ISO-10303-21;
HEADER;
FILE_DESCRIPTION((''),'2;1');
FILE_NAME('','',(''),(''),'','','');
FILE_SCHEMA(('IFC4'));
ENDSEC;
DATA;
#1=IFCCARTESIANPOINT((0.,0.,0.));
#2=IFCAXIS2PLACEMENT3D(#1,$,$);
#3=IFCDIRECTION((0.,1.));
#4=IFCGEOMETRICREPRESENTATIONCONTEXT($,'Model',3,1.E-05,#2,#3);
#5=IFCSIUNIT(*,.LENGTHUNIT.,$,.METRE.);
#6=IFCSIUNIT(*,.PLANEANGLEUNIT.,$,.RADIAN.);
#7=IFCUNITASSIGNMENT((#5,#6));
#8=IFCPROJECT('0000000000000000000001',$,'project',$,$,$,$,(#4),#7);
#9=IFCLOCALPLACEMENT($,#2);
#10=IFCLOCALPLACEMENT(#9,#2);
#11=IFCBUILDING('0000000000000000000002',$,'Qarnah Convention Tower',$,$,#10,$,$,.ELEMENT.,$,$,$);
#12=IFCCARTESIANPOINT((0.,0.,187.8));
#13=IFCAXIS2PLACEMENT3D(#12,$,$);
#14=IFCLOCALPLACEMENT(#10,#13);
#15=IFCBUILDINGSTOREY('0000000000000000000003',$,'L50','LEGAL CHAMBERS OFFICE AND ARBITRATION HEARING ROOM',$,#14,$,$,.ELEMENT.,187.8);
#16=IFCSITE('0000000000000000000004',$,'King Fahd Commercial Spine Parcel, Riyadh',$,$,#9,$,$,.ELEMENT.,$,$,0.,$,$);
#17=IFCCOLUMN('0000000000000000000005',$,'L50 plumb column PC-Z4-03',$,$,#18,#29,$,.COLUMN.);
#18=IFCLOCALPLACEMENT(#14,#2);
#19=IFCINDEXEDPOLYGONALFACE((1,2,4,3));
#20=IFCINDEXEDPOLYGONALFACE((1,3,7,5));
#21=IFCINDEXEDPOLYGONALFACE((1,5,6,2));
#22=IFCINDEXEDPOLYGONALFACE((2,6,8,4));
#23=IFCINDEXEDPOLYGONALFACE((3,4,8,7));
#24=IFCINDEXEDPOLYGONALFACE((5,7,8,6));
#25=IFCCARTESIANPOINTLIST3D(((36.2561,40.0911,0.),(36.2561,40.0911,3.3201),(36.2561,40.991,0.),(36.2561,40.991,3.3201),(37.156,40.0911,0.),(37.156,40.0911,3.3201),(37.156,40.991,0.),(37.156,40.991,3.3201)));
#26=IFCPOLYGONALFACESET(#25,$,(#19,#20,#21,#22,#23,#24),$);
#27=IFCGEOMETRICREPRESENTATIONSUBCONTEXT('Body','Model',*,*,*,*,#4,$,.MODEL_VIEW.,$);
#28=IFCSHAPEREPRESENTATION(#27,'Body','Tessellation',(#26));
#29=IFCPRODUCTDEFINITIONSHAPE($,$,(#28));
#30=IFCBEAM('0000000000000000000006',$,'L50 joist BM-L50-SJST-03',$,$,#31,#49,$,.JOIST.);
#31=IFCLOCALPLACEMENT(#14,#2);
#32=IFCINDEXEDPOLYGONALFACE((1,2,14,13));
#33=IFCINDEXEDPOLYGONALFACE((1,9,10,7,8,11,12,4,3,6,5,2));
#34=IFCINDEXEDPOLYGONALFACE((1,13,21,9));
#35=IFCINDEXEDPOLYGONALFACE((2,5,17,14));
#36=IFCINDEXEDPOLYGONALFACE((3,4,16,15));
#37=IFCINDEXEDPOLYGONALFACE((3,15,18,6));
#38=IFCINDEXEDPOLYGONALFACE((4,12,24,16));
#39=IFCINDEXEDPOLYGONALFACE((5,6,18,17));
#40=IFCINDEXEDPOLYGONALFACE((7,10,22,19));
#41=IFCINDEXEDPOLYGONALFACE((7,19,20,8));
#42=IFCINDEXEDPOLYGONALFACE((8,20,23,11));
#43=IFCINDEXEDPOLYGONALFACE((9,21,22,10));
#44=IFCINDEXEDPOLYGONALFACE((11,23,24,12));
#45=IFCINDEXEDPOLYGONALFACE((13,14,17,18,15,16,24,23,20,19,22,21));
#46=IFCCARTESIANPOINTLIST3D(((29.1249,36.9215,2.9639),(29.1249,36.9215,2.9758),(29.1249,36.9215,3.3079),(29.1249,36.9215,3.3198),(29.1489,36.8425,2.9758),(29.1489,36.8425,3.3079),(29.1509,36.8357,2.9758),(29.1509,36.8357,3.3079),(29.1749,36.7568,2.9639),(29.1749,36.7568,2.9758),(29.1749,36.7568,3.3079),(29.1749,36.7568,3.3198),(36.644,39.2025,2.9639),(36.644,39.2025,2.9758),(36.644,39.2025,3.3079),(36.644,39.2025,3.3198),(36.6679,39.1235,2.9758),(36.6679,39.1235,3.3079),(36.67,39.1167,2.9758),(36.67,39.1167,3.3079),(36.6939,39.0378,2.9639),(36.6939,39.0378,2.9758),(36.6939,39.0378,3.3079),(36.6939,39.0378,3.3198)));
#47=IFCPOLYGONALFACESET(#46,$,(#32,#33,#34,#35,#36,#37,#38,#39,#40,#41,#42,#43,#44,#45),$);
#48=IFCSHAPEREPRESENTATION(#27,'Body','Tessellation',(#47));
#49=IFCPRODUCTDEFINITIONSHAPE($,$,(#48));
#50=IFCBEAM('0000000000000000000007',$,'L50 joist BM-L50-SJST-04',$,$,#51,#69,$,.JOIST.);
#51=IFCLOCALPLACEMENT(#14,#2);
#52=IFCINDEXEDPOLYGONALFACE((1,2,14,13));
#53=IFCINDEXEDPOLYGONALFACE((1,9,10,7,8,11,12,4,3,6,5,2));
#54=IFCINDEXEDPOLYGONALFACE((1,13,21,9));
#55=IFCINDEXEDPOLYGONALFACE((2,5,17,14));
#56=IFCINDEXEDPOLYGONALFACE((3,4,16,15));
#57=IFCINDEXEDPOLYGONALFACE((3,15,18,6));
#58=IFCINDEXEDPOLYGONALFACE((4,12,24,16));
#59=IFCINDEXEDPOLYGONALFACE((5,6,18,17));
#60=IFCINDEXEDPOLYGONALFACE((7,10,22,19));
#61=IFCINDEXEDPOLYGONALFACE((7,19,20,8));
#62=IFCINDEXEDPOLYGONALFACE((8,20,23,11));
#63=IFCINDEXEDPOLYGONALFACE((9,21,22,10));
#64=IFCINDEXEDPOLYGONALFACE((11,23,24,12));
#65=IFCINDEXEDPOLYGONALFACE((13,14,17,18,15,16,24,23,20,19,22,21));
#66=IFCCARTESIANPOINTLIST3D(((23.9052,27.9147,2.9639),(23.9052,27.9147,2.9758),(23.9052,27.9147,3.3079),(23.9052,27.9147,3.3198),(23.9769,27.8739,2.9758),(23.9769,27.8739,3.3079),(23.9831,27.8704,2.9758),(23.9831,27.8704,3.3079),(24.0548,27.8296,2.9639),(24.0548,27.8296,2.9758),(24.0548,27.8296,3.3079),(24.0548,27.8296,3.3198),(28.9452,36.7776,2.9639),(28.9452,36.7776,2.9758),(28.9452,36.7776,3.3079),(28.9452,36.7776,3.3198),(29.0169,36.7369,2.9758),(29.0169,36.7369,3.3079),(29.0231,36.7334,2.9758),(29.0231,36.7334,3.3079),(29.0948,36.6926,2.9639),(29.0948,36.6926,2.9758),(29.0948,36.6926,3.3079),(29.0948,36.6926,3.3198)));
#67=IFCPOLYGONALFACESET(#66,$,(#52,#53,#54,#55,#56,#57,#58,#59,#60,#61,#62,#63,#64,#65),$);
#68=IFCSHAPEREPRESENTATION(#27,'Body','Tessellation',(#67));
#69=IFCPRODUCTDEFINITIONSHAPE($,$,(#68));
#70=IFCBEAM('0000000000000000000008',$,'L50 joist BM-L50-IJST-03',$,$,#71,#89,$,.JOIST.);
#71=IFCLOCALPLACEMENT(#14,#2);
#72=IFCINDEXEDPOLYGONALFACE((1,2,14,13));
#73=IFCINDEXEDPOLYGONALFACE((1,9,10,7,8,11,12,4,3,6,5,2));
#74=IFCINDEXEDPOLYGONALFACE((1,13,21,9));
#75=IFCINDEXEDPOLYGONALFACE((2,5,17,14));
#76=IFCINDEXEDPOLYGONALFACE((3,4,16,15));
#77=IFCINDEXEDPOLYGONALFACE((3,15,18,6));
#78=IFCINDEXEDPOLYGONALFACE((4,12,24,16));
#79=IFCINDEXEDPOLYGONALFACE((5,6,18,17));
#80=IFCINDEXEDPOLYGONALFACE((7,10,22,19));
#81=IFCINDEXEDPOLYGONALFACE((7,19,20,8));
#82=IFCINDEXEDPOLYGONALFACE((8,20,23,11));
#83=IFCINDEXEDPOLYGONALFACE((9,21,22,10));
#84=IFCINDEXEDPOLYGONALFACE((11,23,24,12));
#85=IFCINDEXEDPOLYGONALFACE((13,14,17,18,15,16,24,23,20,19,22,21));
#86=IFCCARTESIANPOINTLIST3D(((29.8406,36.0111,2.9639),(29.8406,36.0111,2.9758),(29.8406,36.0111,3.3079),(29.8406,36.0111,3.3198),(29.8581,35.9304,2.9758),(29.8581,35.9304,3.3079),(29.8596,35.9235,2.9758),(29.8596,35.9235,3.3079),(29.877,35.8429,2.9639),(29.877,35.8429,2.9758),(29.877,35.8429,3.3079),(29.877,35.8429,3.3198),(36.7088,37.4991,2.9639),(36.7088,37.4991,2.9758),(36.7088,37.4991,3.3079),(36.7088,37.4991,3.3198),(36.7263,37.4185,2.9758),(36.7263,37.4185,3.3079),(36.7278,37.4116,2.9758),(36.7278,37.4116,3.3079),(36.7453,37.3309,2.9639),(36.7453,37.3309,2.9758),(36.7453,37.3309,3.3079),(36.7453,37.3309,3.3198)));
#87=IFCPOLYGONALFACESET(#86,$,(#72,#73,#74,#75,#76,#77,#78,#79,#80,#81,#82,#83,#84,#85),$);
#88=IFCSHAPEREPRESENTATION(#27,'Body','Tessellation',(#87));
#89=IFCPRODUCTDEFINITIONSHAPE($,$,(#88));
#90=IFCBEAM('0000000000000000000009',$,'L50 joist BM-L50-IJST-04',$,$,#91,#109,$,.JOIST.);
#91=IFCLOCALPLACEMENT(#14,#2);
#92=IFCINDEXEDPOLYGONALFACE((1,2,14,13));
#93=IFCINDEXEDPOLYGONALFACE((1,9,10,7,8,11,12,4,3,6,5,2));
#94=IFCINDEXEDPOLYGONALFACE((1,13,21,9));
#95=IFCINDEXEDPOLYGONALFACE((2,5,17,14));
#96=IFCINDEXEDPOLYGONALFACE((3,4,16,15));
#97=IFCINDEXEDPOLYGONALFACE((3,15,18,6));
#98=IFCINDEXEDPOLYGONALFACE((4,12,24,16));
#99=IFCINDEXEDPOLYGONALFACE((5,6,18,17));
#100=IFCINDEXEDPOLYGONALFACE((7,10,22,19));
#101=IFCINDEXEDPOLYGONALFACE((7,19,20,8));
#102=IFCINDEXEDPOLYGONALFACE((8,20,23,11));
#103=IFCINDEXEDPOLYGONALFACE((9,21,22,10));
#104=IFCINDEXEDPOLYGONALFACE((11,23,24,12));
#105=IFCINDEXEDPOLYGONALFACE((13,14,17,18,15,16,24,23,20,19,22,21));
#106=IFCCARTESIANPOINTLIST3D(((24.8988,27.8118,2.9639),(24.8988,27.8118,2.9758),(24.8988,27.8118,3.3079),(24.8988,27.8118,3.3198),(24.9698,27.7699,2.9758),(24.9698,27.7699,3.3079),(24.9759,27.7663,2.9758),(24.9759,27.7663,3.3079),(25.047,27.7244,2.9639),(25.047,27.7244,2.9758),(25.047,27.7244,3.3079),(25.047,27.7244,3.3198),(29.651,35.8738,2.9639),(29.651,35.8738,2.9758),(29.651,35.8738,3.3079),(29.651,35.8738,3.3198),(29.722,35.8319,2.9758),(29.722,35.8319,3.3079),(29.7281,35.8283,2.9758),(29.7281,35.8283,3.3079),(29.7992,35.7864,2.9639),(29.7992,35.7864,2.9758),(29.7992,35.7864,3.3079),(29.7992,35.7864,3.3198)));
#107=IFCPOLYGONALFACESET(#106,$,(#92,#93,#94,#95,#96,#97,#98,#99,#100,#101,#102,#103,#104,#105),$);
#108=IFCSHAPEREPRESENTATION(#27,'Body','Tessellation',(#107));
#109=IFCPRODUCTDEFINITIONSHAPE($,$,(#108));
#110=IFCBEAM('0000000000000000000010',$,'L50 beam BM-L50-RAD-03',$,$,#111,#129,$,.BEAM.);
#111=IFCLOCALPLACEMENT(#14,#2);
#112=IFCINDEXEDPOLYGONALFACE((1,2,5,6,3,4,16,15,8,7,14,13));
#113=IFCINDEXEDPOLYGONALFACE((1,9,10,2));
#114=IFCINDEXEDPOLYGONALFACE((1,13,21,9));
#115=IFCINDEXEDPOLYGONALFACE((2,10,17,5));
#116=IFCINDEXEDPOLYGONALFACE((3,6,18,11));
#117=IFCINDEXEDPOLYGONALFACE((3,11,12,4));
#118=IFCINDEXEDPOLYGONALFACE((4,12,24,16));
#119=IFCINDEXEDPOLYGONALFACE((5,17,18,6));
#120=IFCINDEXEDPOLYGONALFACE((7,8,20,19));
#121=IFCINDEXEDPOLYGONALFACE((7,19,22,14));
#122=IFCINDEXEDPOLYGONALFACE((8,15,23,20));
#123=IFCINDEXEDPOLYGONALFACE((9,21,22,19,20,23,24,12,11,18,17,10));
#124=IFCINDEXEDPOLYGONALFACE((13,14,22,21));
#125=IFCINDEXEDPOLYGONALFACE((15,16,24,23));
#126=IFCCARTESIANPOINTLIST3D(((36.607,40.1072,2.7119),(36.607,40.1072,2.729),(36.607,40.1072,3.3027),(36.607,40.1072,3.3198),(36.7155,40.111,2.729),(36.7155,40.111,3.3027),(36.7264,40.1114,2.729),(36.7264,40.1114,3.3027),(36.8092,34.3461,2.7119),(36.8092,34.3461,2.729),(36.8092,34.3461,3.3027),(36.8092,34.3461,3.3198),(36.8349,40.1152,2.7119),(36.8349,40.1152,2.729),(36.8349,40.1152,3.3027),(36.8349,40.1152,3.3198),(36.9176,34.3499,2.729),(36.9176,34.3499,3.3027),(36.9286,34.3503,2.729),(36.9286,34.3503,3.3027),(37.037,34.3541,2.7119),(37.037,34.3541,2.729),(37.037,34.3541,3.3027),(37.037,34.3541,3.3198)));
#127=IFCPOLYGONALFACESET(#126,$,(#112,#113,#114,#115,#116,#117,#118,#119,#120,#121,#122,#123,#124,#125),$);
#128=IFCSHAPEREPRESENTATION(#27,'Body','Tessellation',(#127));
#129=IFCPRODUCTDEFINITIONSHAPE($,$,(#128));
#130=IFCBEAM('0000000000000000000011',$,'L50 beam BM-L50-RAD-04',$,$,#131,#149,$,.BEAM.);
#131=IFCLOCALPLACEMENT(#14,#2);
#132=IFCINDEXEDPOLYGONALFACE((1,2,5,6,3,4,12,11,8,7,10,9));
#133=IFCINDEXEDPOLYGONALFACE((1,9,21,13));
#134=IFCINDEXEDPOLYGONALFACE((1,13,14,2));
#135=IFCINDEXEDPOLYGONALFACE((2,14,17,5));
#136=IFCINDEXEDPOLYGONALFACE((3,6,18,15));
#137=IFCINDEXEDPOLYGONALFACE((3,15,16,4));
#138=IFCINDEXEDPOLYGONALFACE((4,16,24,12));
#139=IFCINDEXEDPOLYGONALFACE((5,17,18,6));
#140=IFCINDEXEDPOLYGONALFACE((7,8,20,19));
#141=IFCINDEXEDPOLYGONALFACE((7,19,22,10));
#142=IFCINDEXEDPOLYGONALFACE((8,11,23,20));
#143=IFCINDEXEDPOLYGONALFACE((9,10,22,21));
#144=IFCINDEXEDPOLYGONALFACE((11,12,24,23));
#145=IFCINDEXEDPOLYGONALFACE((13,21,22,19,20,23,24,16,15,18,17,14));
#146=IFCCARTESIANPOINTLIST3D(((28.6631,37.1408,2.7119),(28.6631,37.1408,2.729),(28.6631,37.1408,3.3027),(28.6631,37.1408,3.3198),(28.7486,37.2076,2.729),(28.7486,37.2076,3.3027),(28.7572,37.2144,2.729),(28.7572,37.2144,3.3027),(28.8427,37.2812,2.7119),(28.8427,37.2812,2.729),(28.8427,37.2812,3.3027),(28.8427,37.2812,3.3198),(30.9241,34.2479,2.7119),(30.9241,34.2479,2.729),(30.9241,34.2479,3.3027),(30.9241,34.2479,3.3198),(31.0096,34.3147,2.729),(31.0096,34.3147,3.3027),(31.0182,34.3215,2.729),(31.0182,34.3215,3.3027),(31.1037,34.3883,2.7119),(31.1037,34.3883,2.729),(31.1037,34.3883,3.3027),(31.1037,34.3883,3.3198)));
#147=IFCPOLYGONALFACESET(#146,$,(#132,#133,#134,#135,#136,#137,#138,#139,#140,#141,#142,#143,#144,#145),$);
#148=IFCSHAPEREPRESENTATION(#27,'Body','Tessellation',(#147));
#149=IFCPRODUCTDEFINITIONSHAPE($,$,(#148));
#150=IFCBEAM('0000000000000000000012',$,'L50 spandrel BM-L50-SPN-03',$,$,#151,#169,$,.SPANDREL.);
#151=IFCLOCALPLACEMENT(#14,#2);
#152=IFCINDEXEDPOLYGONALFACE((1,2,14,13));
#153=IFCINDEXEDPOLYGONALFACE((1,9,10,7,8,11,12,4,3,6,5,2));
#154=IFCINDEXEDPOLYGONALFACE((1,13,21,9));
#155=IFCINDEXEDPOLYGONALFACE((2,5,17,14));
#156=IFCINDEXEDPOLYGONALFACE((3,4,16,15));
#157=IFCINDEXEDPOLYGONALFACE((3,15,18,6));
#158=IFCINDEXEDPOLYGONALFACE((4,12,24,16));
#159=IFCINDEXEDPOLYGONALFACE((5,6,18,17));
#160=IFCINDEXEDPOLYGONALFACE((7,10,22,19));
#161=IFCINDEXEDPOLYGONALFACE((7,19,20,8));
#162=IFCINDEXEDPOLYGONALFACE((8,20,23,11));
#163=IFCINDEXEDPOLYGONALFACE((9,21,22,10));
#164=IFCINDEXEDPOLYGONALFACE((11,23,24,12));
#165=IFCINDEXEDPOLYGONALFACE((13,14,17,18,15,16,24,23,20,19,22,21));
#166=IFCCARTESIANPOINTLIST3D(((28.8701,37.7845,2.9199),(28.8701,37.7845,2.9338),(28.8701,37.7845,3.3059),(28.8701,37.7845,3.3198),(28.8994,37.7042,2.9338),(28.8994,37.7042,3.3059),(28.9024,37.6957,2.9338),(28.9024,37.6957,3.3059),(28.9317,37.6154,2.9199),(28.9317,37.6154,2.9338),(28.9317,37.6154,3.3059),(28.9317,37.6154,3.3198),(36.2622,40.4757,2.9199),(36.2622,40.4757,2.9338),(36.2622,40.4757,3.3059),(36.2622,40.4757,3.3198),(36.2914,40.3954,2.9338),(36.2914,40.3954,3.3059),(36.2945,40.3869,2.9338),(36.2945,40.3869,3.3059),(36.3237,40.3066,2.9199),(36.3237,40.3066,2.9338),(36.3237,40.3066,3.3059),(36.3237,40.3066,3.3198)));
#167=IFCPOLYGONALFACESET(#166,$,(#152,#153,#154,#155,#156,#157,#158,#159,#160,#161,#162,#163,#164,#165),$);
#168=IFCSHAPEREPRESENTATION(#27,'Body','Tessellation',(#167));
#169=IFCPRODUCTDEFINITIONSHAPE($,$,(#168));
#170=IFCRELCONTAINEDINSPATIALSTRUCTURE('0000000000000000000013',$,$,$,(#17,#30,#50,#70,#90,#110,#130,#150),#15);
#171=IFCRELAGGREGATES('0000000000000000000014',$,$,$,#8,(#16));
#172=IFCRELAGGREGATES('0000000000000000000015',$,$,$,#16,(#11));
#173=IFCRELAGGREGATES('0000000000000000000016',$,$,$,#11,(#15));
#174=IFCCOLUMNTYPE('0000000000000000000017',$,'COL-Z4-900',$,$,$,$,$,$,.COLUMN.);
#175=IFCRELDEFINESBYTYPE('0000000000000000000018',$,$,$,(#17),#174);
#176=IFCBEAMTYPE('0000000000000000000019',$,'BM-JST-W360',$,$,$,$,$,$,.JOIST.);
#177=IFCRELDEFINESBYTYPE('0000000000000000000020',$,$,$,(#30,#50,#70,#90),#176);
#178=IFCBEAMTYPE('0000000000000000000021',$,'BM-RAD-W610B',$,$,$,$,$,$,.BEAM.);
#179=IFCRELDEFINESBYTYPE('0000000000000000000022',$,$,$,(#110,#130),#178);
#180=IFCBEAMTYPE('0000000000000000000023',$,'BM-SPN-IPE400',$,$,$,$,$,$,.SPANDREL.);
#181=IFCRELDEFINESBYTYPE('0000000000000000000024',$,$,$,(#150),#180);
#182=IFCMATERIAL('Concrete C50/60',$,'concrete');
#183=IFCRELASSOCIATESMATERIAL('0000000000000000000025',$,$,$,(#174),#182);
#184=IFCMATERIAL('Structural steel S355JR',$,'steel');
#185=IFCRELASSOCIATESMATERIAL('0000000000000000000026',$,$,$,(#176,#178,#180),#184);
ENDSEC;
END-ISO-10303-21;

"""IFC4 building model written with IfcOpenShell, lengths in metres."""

from ifc_helpers import new_model, si_unit, direction, frame, origin, origin_2d, place, context, subcontext, project, spatial, rectangle, i_section, extrude, material, material_profile, profile_set, type_object, element, save


model = new_model("IFC4")

# Units and contexts
model_context = context("Model", 3, precision=1e-05, world=origin(), true_north=direction((0.0, 1.0)))
body_context = subcontext(model_context, "Body", "Model", "MODEL_VIEW")
ifc_project = project(units=[si_unit("LENGTHUNIT", "METRE"), si_unit("PLANEANGLEUNIT", "RADIAN")], contexts=[model_context])

# Site, building, storey
site_placement = place(None, origin())
site = spatial("IfcSite", under=ifc_project, at=site_placement, Name="King Fahd Commercial Spine Parcel, Riyadh", CompositionType="ELEMENT", RefElevation=0.0)
building_placement = place(site_placement, origin())
building = spatial("IfcBuilding", under=site, at=building_placement, Name="Qarnah Convention Tower", CompositionType="ELEMENT")
storey_placement = place(building_placement, frame((0.0, 0.0, 187.8)))
storey = spatial("IfcBuildingStorey", under=building, at=storey_placement, Name="L50", Description="LEGAL CHAMBERS OFFICE AND ARBITRATION HEARING ROOM", CompositionType="ELEMENT", Elevation=187.8)

# Column
ifc_material_1 = material(Name="Concrete C50/60", Category="concrete")
ifc_material_profile_1 = material_profile(ifc_material_1, rectangle(XDim=0.8999, YDim=0.8999, at=origin_2d()), Name="RC-COL-900X900")
ifc_profile_set_1 = profile_set([ifc_material_profile_1], Name="Concrete C50/60")
column_type = type_object("IfcColumnType", Name="COL-Z4-900", PredefinedType="COLUMN", material=ifc_profile_set_1)
column_placement = place(storey_placement, frame((36.7061, 40.541, 0.0), z_axis=(0.0, 0.0, 1.0), x_axis=(1.0, 0.0, 0.0)))
element("IfcColumn", 1, at=column_placement, inside=storey, type_object=column_type, Name="L50 plumb column PC-Z4-03", PredefinedType="COLUMN", context=body_context, shape_type="SweptSolid", body=[
    extrude(rectangle(XDim=0.8999, YDim=0.8999, at=origin_2d()), origin(), (0.0, 0.0, 1.0), 3.3201),
])

# Beams
ifc_material_2 = material(Name="Structural steel S355JR", Category="steel")
ifc_material_profile_2 = material_profile(ifc_material_2, i_section(OverallWidth=0.1721, OverallDepth=0.356, WebThickness=0.0071, FlangeThickness=0.012, at=origin_2d()), Name="W360X51")
ifc_profile_set_2 = profile_set([ifc_material_profile_2], Name="Structural steel S355JR")
beam_type_1 = type_object("IfcBeamType", Name="BM-JST-W360", PredefinedType="JOIST", material=ifc_profile_set_2)
beam_1_placement = place(storey_placement, frame((36.6689, 39.1201, 3.1418), z_axis=(-0.956936, -0.2903, 0.0), x_axis=(0.2903, -0.956936, 0.0)))
element("IfcBeam", 2, at=beam_1_placement, inside=storey, type_object=beam_type_1, Name="L50 joist BM-L50-SJST-03", PredefinedType="JOIST", context=body_context, shape_type="SweptSolid", body=[
    extrude(i_section(OverallWidth=0.1721, OverallDepth=0.356, WebThickness=0.0071, FlangeThickness=0.012, at=origin_2d()), origin(), (0.0, 0.0, 1.0), 7.8574),
])
beam_2_placement = place(storey_placement, frame((29.02, 36.7351, 3.1418), z_axis=(-0.494322, -0.869279, 0.0), x_axis=(0.869279, -0.494322, 0.0)))
element("IfcBeam", 3, at=beam_2_placement, inside=storey, type_object=beam_type_1, Name="L50 joist BM-L50-SJST-04", PredefinedType="JOIST", context=body_context, shape_type="SweptSolid", body=[
    extrude(i_section(OverallWidth=0.1721, OverallDepth=0.356, WebThickness=0.0071, FlangeThickness=0.012, at=origin_2d()), origin(), (0.0, 0.0, 1.0), 10.1958),
])
beam_3_placement = place(storey_placement, frame((36.7271, 37.415, 3.1418), z_axis=(-0.977325, -0.211744, 0.0), x_axis=(0.211744, -0.977325, 0.0)))
element("IfcBeam", 4, at=beam_3_placement, inside=storey, type_object=beam_type_1, Name="L50 joist BM-L50-IJST-03", PredefinedType="JOIST", context=body_context, shape_type="SweptSolid", body=[
    extrude(i_section(OverallWidth=0.1721, OverallDepth=0.356, WebThickness=0.0071, FlangeThickness=0.012, at=origin_2d()), origin(), (0.0, 0.0, 1.0), 7.0276),
])
beam_4_placement = place(storey_placement, frame((29.7251, 35.8301, 3.1418), z_axis=(-0.507801, -0.861474, 0.0), x_axis=(0.861474, -0.507801, 0.0)))
element("IfcBeam", 5, at=beam_4_placement, inside=storey, type_object=beam_type_1, Name="L50 joist BM-L50-IJST-04", PredefinedType="JOIST", context=body_context, shape_type="SweptSolid", body=[
    extrude(i_section(OverallWidth=0.1721, OverallDepth=0.356, WebThickness=0.0071, FlangeThickness=0.012, at=origin_2d()), origin(), (0.0, 0.0, 1.0), 9.3584),
])
ifc_material_profile_3 = material_profile(ifc_material_2, i_section(OverallWidth=0.228, OverallDepth=0.6079, WebThickness=0.011, FlangeThickness=0.0171, at=origin_2d()), Name="W610X113")
ifc_profile_set_3 = profile_set([ifc_material_profile_3], Name="Structural steel S355JR")
beam_type_2 = type_object("IfcBeamType", Name="BM-RAD-W610B", PredefinedType="BEAM", material=ifc_profile_set_3)
beam_5_placement = place(storey_placement, frame((36.9231, 34.3501, 3.0159), z_axis=(-0.035068, 0.999385, 0.0), x_axis=(-0.999385, -0.035068, 0.0)))
element("IfcBeam", 6, at=beam_5_placement, inside=storey, type_object=beam_type_2, Name="L50 beam BM-L50-RAD-03", PredefinedType="BEAM", context=body_context, shape_type="SweptSolid", body=[
    extrude(i_section(OverallWidth=0.228, OverallDepth=0.6079, WebThickness=0.011, FlangeThickness=0.0171, at=origin_2d()), origin(), (0.0, 0.0, 1.0), 5.7646),
])
beam_6_placement = place(storey_placement, frame((31.0139, 34.3181, 3.0159), z_axis=(-0.615808, 0.787896, 0.0), x_axis=(-0.787896, -0.615808, 0.0)))
element("IfcBeam", 7, at=beam_6_placement, inside=storey, type_object=beam_type_2, Name="L50 beam BM-L50-RAD-04", PredefinedType="BEAM", context=body_context, shape_type="SweptSolid", body=[
    extrude(i_section(OverallWidth=0.228, OverallDepth=0.6079, WebThickness=0.011, FlangeThickness=0.0171, at=origin_2d()), origin(), (0.0, 0.0, 1.0), 3.6716),
])
ifc_material_profile_4 = material_profile(ifc_material_2, i_section(OverallWidth=0.1799, OverallDepth=0.3999, WebThickness=0.009, FlangeThickness=0.0139, at=origin_2d()), Name="IPE400")
ifc_profile_set_4 = profile_set([ifc_material_profile_4], Name="Structural steel S355JR")
beam_type_3 = type_object("IfcBeamType", Name="BM-SPN-IPE400", PredefinedType="SPANDREL", material=ifc_profile_set_4)
beam_7_placement = place(storey_placement, frame((36.293, 40.3911, 3.1199), z_axis=(-0.939666, -0.342094, 0.0), x_axis=(0.342094, -0.939666, 0.0)))
element("IfcBeam", 8, at=beam_7_placement, inside=storey, type_object=beam_type_3, Name="L50 spandrel BM-L50-SPN-03", PredefinedType="SPANDREL", context=body_context, shape_type="SweptSolid", body=[
    extrude(i_section(OverallWidth=0.1799, OverallDepth=0.3999, WebThickness=0.009, FlangeThickness=0.0139, at=origin_2d()), origin(), (0.0, 0.0, 1.0), 7.8667),
])

save(model, "model.ifc")
